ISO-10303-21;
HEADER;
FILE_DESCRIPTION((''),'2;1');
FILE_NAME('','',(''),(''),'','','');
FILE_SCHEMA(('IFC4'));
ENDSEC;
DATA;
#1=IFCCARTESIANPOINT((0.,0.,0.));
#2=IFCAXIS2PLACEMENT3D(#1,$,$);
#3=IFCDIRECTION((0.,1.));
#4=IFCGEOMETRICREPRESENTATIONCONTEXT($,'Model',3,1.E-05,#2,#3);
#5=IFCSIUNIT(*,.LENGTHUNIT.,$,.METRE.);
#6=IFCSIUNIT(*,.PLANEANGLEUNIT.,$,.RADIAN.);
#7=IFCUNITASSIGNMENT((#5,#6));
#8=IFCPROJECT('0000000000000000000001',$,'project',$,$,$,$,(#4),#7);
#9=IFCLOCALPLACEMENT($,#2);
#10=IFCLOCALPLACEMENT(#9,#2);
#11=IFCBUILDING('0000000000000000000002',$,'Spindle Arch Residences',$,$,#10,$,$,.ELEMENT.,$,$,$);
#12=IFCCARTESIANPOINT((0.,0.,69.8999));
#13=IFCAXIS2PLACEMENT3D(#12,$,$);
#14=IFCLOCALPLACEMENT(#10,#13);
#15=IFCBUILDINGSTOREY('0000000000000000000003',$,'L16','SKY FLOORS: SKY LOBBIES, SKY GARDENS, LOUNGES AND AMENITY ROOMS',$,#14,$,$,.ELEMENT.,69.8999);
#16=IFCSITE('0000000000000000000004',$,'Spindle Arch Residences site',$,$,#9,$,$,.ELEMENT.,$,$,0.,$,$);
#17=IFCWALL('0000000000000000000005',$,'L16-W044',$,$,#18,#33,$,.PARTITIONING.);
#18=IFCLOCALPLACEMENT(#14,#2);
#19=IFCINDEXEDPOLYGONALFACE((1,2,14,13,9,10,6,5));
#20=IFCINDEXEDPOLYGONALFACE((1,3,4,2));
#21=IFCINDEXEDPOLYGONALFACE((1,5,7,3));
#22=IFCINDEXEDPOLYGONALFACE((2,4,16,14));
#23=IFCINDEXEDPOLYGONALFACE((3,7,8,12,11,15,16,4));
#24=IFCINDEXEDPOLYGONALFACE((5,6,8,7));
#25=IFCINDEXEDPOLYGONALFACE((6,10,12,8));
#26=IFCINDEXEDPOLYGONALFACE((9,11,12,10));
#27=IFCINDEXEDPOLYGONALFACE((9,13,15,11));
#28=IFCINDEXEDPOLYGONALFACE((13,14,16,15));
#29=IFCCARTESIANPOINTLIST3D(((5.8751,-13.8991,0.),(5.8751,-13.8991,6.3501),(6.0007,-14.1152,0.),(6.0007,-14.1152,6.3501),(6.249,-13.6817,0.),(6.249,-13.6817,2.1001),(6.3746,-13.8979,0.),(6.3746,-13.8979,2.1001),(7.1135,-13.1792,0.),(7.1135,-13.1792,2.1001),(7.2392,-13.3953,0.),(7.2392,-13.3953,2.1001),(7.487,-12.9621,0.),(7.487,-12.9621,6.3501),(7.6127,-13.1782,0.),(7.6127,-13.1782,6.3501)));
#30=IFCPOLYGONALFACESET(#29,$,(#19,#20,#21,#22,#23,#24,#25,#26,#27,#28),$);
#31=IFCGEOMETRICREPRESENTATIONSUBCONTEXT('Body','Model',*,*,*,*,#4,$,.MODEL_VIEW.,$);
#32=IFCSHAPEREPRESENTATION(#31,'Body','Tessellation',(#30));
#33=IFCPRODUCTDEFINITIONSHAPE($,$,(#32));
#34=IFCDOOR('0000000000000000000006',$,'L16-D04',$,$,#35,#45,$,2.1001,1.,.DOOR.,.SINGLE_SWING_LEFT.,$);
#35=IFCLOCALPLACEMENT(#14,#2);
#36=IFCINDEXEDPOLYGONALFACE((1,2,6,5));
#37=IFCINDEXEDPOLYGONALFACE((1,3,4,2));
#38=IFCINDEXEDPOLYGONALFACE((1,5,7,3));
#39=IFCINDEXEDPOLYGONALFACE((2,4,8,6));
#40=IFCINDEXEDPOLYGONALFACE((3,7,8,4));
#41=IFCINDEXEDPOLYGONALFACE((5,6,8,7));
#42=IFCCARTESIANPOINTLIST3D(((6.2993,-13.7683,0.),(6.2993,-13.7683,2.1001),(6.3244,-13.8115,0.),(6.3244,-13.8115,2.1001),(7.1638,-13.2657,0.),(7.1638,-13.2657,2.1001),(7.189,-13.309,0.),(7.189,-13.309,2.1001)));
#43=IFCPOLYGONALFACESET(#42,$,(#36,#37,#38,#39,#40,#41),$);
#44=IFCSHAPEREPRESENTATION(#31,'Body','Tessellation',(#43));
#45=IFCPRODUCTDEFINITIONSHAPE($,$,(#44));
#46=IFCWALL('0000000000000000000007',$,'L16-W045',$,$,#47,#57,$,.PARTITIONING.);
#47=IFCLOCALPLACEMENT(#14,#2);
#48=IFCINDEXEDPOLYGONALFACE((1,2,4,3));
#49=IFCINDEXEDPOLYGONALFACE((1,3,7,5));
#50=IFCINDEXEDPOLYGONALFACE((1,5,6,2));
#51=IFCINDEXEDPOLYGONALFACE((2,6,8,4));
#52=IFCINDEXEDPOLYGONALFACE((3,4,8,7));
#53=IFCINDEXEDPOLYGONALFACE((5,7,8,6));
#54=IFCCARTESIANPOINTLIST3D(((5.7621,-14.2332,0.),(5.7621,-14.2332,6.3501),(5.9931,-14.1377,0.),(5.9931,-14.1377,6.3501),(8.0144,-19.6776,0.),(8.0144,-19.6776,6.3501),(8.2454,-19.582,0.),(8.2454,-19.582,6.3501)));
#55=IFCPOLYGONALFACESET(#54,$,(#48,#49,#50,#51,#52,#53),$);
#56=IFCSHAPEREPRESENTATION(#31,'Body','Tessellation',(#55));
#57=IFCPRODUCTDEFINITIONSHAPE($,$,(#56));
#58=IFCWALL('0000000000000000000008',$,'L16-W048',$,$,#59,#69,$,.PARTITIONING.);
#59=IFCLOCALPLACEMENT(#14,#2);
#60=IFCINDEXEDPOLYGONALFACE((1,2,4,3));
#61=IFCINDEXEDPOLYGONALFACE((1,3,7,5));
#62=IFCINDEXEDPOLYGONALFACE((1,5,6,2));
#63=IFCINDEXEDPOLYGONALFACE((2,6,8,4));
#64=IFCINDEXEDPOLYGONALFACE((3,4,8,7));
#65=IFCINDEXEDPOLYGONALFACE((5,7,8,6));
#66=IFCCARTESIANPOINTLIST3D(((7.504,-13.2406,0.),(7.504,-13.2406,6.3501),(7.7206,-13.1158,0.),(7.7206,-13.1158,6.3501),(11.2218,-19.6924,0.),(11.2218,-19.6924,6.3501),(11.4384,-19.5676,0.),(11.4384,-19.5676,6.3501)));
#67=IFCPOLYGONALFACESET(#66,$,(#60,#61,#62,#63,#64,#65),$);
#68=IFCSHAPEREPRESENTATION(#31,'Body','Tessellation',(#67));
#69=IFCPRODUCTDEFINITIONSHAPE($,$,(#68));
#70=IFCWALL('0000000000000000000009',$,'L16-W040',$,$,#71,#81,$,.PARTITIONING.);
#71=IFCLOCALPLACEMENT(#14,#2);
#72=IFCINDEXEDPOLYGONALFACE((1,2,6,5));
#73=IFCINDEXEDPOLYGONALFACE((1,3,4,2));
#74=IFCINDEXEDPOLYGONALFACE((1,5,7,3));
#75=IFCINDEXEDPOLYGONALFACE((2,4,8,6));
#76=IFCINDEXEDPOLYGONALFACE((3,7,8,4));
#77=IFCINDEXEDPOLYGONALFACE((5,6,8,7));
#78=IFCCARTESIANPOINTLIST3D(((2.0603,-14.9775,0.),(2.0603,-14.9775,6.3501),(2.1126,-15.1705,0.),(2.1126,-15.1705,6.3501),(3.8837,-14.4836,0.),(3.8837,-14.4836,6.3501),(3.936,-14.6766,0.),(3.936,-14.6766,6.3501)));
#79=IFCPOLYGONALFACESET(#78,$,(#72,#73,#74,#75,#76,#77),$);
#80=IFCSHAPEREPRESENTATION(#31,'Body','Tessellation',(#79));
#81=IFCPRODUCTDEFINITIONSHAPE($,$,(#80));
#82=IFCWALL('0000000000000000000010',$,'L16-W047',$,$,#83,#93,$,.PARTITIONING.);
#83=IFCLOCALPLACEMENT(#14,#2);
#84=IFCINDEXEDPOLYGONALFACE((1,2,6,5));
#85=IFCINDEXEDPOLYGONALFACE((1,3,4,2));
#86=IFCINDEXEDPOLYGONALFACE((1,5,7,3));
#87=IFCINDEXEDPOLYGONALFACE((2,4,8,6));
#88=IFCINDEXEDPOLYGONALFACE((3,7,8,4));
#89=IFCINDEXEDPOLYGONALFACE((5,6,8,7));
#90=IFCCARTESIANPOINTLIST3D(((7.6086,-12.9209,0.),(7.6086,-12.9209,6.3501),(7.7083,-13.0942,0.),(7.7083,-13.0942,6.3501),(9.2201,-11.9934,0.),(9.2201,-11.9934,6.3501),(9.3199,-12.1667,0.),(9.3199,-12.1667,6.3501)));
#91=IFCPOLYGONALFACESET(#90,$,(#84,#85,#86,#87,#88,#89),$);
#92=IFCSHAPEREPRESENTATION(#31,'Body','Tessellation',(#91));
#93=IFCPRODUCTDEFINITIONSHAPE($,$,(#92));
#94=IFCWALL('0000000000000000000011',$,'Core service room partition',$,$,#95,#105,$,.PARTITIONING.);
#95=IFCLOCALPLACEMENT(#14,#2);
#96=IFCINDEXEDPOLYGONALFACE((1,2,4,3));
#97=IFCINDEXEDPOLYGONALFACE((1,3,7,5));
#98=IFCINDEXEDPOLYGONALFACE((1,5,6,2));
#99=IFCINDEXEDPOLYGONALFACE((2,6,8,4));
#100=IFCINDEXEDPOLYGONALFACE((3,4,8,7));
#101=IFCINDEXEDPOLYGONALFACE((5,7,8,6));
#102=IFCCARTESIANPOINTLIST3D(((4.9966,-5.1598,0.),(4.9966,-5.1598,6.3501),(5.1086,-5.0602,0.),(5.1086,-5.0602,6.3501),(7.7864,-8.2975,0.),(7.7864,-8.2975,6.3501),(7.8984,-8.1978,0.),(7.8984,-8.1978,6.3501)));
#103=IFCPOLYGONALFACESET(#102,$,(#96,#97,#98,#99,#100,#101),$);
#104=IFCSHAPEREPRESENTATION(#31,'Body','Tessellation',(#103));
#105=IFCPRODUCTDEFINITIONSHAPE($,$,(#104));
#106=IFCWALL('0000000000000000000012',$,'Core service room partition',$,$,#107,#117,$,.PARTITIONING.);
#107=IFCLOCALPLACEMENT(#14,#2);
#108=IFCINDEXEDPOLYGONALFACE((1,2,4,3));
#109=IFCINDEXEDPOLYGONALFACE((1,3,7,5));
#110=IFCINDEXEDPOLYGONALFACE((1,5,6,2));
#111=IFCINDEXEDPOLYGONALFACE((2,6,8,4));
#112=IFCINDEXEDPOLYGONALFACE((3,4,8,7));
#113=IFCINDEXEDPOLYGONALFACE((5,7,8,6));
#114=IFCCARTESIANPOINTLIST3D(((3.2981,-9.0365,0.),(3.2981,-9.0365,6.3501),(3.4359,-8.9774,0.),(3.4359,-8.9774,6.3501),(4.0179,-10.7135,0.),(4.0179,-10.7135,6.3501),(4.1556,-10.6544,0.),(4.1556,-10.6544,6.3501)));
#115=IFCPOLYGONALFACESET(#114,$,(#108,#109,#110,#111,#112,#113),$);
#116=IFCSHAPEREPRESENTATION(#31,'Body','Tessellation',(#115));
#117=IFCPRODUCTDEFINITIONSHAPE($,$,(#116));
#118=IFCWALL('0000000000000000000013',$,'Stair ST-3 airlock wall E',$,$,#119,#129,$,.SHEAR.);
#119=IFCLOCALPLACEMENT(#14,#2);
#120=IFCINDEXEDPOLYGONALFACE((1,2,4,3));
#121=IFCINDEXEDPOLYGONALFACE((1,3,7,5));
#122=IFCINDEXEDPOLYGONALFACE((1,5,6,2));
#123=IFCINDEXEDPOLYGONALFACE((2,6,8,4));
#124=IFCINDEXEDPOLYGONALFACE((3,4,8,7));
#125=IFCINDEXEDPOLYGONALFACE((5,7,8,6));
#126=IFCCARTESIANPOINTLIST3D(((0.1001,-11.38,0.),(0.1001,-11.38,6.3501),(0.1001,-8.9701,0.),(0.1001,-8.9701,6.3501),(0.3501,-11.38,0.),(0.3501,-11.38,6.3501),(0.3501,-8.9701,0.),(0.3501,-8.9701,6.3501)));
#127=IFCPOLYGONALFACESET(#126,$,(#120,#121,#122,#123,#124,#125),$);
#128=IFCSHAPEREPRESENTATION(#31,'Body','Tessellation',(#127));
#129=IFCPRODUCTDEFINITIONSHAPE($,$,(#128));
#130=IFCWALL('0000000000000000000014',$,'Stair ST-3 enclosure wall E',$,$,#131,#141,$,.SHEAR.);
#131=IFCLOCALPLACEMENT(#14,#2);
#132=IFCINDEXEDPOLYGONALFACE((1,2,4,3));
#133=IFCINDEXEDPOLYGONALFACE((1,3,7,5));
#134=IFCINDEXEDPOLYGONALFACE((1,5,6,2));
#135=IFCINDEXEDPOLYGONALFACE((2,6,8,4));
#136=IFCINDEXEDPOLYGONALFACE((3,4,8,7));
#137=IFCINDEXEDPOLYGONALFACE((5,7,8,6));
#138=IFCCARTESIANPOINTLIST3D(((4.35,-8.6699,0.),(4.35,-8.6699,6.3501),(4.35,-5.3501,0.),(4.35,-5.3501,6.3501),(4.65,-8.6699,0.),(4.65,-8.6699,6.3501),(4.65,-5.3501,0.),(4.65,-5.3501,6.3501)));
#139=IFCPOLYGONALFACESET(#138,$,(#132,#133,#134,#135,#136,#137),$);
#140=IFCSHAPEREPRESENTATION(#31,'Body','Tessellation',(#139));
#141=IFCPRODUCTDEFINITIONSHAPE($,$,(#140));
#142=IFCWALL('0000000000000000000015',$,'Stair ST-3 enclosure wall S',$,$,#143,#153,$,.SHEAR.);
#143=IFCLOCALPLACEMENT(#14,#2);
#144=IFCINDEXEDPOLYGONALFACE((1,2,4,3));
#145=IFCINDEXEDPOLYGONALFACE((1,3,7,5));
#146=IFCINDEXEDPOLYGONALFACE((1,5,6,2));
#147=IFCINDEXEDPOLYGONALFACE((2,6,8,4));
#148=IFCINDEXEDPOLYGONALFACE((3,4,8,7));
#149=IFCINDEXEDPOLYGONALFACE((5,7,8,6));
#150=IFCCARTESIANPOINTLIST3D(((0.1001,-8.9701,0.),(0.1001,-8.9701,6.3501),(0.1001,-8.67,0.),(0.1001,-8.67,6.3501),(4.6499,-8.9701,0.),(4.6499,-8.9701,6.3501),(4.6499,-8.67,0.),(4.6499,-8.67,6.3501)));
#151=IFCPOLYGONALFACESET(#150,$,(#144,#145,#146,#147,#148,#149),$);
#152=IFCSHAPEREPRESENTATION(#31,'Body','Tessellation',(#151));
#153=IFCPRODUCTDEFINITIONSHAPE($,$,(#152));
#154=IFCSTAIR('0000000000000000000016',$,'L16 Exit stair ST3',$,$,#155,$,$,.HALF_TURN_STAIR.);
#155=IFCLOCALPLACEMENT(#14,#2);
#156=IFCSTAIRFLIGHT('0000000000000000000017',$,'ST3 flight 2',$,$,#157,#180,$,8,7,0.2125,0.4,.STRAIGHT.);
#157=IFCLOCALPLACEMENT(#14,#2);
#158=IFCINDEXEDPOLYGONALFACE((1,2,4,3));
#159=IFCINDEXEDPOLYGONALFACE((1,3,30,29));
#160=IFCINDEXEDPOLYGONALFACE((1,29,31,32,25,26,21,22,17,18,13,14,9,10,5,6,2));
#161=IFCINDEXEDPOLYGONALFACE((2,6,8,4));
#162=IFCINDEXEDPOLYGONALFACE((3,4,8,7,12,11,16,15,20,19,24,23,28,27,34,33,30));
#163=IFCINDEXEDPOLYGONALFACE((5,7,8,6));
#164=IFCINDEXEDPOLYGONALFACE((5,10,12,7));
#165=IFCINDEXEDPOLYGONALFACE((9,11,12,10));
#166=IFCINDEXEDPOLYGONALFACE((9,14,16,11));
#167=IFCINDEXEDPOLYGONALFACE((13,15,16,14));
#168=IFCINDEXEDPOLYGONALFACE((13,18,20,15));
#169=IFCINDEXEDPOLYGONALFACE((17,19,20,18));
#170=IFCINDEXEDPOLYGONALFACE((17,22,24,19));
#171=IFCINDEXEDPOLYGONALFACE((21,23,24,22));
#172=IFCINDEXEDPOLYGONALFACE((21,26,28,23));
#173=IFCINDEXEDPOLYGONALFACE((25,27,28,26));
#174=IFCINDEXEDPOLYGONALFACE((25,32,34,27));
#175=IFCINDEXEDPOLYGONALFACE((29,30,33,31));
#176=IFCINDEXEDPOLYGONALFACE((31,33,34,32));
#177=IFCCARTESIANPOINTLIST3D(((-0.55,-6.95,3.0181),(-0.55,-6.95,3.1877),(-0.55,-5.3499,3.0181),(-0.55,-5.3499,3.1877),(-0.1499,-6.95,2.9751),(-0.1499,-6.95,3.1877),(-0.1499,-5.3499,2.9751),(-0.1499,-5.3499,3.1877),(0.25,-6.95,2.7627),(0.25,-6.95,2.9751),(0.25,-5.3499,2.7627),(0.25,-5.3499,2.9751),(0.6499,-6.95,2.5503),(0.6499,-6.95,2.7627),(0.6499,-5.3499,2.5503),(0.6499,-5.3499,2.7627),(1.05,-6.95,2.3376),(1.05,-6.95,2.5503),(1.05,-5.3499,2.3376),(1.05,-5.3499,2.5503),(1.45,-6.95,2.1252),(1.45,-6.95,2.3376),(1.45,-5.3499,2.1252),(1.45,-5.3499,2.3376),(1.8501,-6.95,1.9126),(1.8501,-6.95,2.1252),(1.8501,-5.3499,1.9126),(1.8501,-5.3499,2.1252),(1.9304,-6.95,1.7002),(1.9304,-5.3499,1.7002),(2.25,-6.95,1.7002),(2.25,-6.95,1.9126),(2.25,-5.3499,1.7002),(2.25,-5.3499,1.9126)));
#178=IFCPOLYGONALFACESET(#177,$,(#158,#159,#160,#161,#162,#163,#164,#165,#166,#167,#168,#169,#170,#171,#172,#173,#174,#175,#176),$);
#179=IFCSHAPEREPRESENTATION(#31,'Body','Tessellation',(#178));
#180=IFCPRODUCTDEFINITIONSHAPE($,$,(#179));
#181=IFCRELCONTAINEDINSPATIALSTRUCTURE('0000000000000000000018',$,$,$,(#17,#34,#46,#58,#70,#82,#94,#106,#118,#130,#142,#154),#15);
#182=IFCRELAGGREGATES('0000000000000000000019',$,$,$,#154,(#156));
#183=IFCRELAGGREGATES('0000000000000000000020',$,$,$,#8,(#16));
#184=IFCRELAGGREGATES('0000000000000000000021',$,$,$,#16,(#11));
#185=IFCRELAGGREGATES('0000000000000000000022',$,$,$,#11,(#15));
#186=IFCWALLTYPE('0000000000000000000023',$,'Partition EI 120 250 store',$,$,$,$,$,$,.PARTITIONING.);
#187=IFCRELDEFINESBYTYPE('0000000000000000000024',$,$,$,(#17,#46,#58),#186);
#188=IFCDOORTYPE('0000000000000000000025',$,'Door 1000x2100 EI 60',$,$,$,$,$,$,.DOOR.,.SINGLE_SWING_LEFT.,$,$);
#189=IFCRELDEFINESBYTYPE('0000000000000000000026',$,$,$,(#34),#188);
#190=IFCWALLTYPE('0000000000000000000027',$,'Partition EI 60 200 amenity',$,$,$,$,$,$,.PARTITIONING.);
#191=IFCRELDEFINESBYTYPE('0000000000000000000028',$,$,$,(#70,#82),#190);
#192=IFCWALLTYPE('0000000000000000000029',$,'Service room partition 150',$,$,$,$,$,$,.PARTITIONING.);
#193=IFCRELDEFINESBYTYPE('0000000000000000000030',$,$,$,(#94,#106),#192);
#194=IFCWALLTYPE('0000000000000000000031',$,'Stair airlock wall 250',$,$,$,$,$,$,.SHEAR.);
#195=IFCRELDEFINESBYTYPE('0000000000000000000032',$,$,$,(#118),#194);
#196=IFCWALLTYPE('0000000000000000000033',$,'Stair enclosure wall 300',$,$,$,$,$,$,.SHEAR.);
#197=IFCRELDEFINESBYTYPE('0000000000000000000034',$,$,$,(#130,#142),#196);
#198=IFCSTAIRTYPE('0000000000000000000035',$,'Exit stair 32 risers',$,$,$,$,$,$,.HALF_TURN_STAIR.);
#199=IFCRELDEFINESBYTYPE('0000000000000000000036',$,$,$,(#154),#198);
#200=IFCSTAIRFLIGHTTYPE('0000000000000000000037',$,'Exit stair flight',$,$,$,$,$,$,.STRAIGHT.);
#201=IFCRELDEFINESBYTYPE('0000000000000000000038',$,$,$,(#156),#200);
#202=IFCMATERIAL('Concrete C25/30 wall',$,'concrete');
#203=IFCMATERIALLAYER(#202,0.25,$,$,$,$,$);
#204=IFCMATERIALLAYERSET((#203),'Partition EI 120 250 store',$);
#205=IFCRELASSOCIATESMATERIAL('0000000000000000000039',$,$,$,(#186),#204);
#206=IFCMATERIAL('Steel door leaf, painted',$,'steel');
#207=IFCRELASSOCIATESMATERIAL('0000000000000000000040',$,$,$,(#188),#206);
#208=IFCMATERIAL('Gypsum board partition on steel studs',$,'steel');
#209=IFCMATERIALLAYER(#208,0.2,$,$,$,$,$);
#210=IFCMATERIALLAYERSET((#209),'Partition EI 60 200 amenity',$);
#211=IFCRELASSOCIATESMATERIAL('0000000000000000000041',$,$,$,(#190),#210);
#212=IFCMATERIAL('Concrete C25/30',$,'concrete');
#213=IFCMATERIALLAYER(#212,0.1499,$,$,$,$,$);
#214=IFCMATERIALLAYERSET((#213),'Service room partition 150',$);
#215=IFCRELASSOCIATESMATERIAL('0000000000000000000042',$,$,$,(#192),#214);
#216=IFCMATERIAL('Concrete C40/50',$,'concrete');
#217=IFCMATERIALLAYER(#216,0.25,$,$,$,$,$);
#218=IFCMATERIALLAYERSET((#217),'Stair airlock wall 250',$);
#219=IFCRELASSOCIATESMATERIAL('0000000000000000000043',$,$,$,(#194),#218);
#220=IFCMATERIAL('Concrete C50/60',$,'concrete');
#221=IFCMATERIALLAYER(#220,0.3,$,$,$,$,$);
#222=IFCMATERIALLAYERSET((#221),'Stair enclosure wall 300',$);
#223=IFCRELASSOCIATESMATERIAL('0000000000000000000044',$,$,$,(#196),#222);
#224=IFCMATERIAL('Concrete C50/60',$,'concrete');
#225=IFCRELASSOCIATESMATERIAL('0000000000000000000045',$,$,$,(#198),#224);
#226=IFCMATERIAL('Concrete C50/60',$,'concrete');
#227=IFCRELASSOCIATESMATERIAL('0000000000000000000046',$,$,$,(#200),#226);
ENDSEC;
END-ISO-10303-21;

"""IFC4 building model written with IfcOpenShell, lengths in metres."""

from ifc_helpers import new_model, si_unit, direction, frame, frame_2d, origin, place, context, subcontext, project, spatial, polyline, rectangle, outline, extrude, material, layer, layer_set, type_object, element, fill, aggregate, save


model = new_model("IFC4")

# Units and contexts
model_context = context("Model", 3, precision=1e-05, world=origin(), true_north=direction((0.0, 1.0)))
body_context = subcontext(model_context, "Body", "Model", "MODEL_VIEW")
ifc_project = project(units=[si_unit("LENGTHUNIT", "METRE"), si_unit("PLANEANGLEUNIT", "RADIAN")], contexts=[model_context])

# Site, building, storey
site_placement = place(None, origin())
site = spatial("IfcSite", under=ifc_project, at=site_placement, Name="Spindle Arch Residences site", CompositionType="ELEMENT", RefElevation=0.0)
building_placement = place(site_placement, origin())
building = spatial("IfcBuilding", under=site, at=building_placement, Name="Spindle Arch Residences", CompositionType="ELEMENT")
storey_placement = place(building_placement, frame((0.0, 0.0, 69.8999)))
storey = spatial("IfcBuildingStorey", under=building, at=storey_placement, Name="L16", Description="SKY FLOORS: SKY LOBBIES, SKY GARDENS, LOUNGES AND AMENITY ROOMS", CompositionType="ELEMENT", Elevation=69.8999)

# Shared definitions
ifc_material_1 = material(Name="Concrete C25/30 wall", Category="concrete")
ifc_layer_1 = layer(ifc_material_1, 0.25)
ifc_layer_set_1 = layer_set([ifc_layer_1], Name="Partition EI 120 250 store")
wall_type_1 = type_object("IfcWallType", Name="Partition EI 120 250 store", PredefinedType="PARTITIONING", material=ifc_layer_set_1)

# Wall, opening, door
ifc_material_2 = material(Name="Steel door leaf, painted", Category="steel")
door_type_1 = type_object("IfcDoorType", Name="Door 1000x2100 EI 60", OperationType="SINGLE_SWING_LEFT", PredefinedType="DOOR", material=ifc_material_2)
wall_1_placement = place(storey_placement, frame((5.938, -14.0071, 0.0), z_axis=(0.0, 0.0, 1.0), x_axis=(0.864561, 0.502527, 0.0)))
wall_1 = element("IfcWall", 1, at=wall_1_placement, inside=storey, type_object=wall_type_1, Name="L16-W044", PredefinedType="PARTITIONING", context=body_context, shape_type="SweptSolid", body=[
    extrude(rectangle(XDim=1.8645, YDim=0.25, at=frame_2d((0.9321, 0.0))), origin(), (0.0, 0.0, 1.0), 6.3501),
])
opening_1_placement = place(wall_1_placement, frame((0.4324, 0.0, 0.0)))
opening_1 = element("IfcOpeningElement", 2, at=opening_1_placement, cuts=wall_1, PredefinedType="OPENING", context=body_context, shape_type="SweptSolid", body=[
    extrude(rectangle(XDim=1.0, YDim=2.1001, at=frame_2d((0.5, 1.05))), frame((0.0, 0.135, 0.0), z_axis=(0.0, -1.0, 0.0), x_axis=(1.0, 0.0, 0.0)), (0.0, 0.0, 1.0), 0.27),
])
door_1_placement = place(opening_1_placement, origin())
door_1 = element("IfcDoor", 3, at=door_1_placement, inside=storey, type_object=door_type_1, Name="L16-D04", OperationType="SINGLE_SWING_LEFT", OverallHeight=2.1001, OverallWidth=1.0, PredefinedType="DOOR", context=body_context, shape_type="SweptSolid", body=[
    extrude(rectangle(XDim=1.0, YDim=2.1001, at=frame_2d((0.5, 1.05))), frame((0.0, 0.0249, 0.0), z_axis=(0.0, -1.0, 0.0), x_axis=(1.0, 0.0, 0.0)), (0.0, 0.0, 1.0), 0.05),
])
fill(opening_1, door_1)

# Walls
wall_2_placement = place(storey_placement, frame((5.8777, -14.1855, 0.0), z_axis=(0.0, 0.0, 1.0), x_axis=(0.38226, -0.924055, 0.0)))
element("IfcWall", 4, at=wall_2_placement, inside=storey, type_object=wall_type_1, Name="L16-W045", PredefinedType="PARTITIONING", context=body_context, shape_type="SweptSolid", body=[
    extrude(rectangle(XDim=5.8918, YDim=0.25, at=frame_2d((2.9458, 0.0))), origin(), (0.0, 0.0, 1.0), 6.3501),
])
wall_3_placement = place(storey_placement, frame((7.6123, -13.1782, 0.0), z_axis=(0.0, 0.0, 1.0), x_axis=(0.499285, -0.866438, 0.0)))
element("IfcWall", 5, at=wall_3_placement, inside=storey, type_object=wall_type_1, Name="L16-W048", PredefinedType="PARTITIONING", context=body_context, shape_type="SweptSolid", body=[
    extrude(rectangle(XDim=7.4463, YDim=0.25, at=frame_2d((3.7231, 0.0))), origin(), (0.0, 0.0, 1.0), 6.3501),
])
ifc_material_3 = material(Name="Gypsum board partition on steel studs", Category="steel")
ifc_layer_2 = layer(ifc_material_3, 0.2)
ifc_layer_set_2 = layer_set([ifc_layer_2], Name="Partition EI 60 200 amenity")
wall_type_2 = type_object("IfcWallType", Name="Partition EI 60 200 amenity", PredefinedType="PARTITIONING", material=ifc_layer_set_2)
wall_4_placement = place(storey_placement, frame((2.0864, -15.074, 0.0), z_axis=(0.0, 0.0, 1.0), x_axis=(0.965222, 0.261433, 0.0)))
element("IfcWall", 6, at=wall_4_placement, inside=storey, type_object=wall_type_2, Name="L16-W040", PredefinedType="PARTITIONING", context=body_context, shape_type="SweptSolid", body=[
    extrude(rectangle(XDim=1.8892, YDim=0.2, at=frame_2d((0.9446, 0.0))), origin(), (0.0, 0.0, 1.0), 6.3501),
])
wall_5_placement = place(storey_placement, frame((7.6584, -13.0076, 0.0), z_axis=(0.0, 0.0, 1.0), x_axis=(0.866712, 0.498809, 0.0)))
element("IfcWall", 7, at=wall_5_placement, inside=storey, type_object=wall_type_2, Name="L16-W047", PredefinedType="PARTITIONING", context=body_context, shape_type="SweptSolid", body=[
    extrude(rectangle(XDim=1.8594, YDim=0.2, at=frame_2d((0.9297, 0.0))), origin(), (0.0, 0.0, 1.0), 6.3501),
])
ifc_material_4 = material(Name="Concrete C25/30", Category="concrete")
ifc_layer_3 = layer(ifc_material_4, 0.1499)
ifc_layer_set_3 = layer_set([ifc_layer_3], Name="Service room partition 150")
wall_type_3 = type_object("IfcWallType", Name="Service room partition 150", PredefinedType="PARTITIONING", material=ifc_layer_set_3)
wall_6_placement = place(storey_placement, frame((7.8423, -8.2476, 0.0), z_axis=(0.0, 0.0, 1.0), x_axis=(-0.664461, 0.747323, 0.0)))
element("IfcWall", 8, at=wall_6_placement, inside=storey, type_object=wall_type_3, Name="Core service room partition", PredefinedType="PARTITIONING", context=body_context, shape_type="SweptSolid", body=[
    extrude(rectangle(XDim=4.1985, YDim=0.1499, at=frame_2d((2.0991, 0.0))), origin(), (0.0, 0.0, 1.0), 6.3501),
])
wall_7_placement = place(storey_placement, frame((3.3669, -9.0068, 0.0), z_axis=(0.0, 0.0, 1.0), x_axis=(0.394387, -0.918944, 0.0)))
element("IfcWall", 9, at=wall_7_placement, inside=storey, type_object=wall_type_3, Name="Core service room partition", PredefinedType="PARTITIONING", context=body_context, shape_type="SweptSolid", body=[
    extrude(rectangle(XDim=1.825, YDim=0.1499, at=frame_2d((0.9126, 0.0))), origin(), (0.0, 0.0, 1.0), 6.3501),
])
ifc_material_5 = material(Name="Concrete C40/50", Category="concrete")
ifc_layer_4 = layer(ifc_material_5, 0.25)
ifc_layer_set_4 = layer_set([ifc_layer_4], Name="Stair airlock wall 250")
wall_type_4 = type_object("IfcWallType", Name="Stair airlock wall 250", PredefinedType="SHEAR", material=ifc_layer_set_4)
wall_8_placement = place(storey_placement, frame((0.2251, -8.97, 0.0), z_axis=(0.0, 0.0, 1.0), x_axis=(0.0, -1.0, 0.0)))
element("IfcWall", 10, at=wall_8_placement, inside=storey, type_object=wall_type_4, Name="Stair ST-3 airlock wall E", PredefinedType="SHEAR", context=body_context, shape_type="SweptSolid", body=[
    extrude(rectangle(XDim=2.4099, YDim=0.25, at=frame_2d((1.2051, 0.0))), origin(), (0.0, 0.0, 1.0), 6.3501),
])
ifc_material_6 = material(Name="Concrete C50/60", Category="concrete")
ifc_layer_5 = layer(ifc_material_6, 0.3)
ifc_layer_set_5 = layer_set([ifc_layer_5], Name="Stair enclosure wall 300")
wall_type_5 = type_object("IfcWallType", Name="Stair enclosure wall 300", PredefinedType="SHEAR", material=ifc_layer_set_5)
wall_9_placement = place(storey_placement, frame((4.5, -8.6699, 0.0), z_axis=(0.0, 0.0, 1.0), x_axis=(0.0, 1.0, 0.0)))
element("IfcWall", 11, at=wall_9_placement, inside=storey, type_object=wall_type_5, Name="Stair ST-3 enclosure wall E", PredefinedType="SHEAR", context=body_context, shape_type="SweptSolid", body=[
    extrude(rectangle(XDim=3.3198, YDim=0.3, at=frame_2d((1.6599, 0.0))), origin(), (0.0, 0.0, 1.0), 6.3501),
])
wall_10_placement = place(storey_placement, frame((0.1001, -8.8201, 0.0), z_axis=(0.0, 0.0, 1.0), x_axis=(1.0, 0.0, 0.0)))
element("IfcWall", 12, at=wall_10_placement, inside=storey, type_object=wall_type_5, Name="Stair ST-3 enclosure wall S", PredefinedType="SHEAR", context=body_context, shape_type="SweptSolid", body=[
    extrude(rectangle(XDim=4.5498, YDim=0.3, at=frame_2d((2.2749, 0.0))), origin(), (0.0, 0.0, 1.0), 6.3501),
])

# Stair, stair flight
ifc_material_7 = material(Name="Concrete C50/60", Category="concrete")
stair_type = type_object("IfcStairType", Name="Exit stair 32 risers", PredefinedType="HALF_TURN_STAIR", material=ifc_material_7)
stair_placement = place(storey_placement, origin())
stair = element("IfcStair", 13, at=stair_placement, inside=storey, type_object=stair_type, Name="L16 Exit stair ST3", PredefinedType="HALF_TURN_STAIR")
ifc_material_8 = material(Name="Concrete C50/60", Category="concrete")
stair_flight_type = type_object("IfcStairFlightType", Name="Exit stair flight", PredefinedType="STRAIGHT", material=ifc_material_8)
stair_flight_1_placement = place(storey_placement, frame((2.25, -6.1499, 1.7002), z_axis=(0.0, 0.0, 1.0), x_axis=(-1.0, 0.0, 0.0)))
stair_flight_1 = element("IfcStairFlight", 14, at=stair_flight_1_placement, type_object=stair_flight_type, Name="ST3 flight 2", NumberOfRisers=8, NumberOfTreads=7, PredefinedType="STRAIGHT", RiserHeight=0.2125, TreadLength=0.4, context=body_context, shape_type="SweptSolid", body=[
    extrude(outline(polyline([(0.0, 0.0), (0.0, 0.2124), (0.3999, 0.2124), (0.3999, 0.425), (0.8, 0.425), (0.8, 0.6375), (1.2, 0.6375), (1.2, 0.8501), (1.6001, 0.8501), (1.6001, 1.0625), (2.0, 1.0625), (2.0, 1.2749), (2.3999, 1.2749), (2.3999, 1.4875), (2.8, 1.4875), (2.8, 1.7), (2.8, 1.3179), (0.3196, 0.0), (0.0, 0.0)])), frame((0.0, 0.8, 0.0), z_axis=(0.0, -1.0, 0.0), x_axis=(1.0, 0.0, 0.0)), (0.0, 0.0, 1.0), 1.6001),
])
aggregate(stair, [stair_flight_1])

save(model, "model.ifc")
